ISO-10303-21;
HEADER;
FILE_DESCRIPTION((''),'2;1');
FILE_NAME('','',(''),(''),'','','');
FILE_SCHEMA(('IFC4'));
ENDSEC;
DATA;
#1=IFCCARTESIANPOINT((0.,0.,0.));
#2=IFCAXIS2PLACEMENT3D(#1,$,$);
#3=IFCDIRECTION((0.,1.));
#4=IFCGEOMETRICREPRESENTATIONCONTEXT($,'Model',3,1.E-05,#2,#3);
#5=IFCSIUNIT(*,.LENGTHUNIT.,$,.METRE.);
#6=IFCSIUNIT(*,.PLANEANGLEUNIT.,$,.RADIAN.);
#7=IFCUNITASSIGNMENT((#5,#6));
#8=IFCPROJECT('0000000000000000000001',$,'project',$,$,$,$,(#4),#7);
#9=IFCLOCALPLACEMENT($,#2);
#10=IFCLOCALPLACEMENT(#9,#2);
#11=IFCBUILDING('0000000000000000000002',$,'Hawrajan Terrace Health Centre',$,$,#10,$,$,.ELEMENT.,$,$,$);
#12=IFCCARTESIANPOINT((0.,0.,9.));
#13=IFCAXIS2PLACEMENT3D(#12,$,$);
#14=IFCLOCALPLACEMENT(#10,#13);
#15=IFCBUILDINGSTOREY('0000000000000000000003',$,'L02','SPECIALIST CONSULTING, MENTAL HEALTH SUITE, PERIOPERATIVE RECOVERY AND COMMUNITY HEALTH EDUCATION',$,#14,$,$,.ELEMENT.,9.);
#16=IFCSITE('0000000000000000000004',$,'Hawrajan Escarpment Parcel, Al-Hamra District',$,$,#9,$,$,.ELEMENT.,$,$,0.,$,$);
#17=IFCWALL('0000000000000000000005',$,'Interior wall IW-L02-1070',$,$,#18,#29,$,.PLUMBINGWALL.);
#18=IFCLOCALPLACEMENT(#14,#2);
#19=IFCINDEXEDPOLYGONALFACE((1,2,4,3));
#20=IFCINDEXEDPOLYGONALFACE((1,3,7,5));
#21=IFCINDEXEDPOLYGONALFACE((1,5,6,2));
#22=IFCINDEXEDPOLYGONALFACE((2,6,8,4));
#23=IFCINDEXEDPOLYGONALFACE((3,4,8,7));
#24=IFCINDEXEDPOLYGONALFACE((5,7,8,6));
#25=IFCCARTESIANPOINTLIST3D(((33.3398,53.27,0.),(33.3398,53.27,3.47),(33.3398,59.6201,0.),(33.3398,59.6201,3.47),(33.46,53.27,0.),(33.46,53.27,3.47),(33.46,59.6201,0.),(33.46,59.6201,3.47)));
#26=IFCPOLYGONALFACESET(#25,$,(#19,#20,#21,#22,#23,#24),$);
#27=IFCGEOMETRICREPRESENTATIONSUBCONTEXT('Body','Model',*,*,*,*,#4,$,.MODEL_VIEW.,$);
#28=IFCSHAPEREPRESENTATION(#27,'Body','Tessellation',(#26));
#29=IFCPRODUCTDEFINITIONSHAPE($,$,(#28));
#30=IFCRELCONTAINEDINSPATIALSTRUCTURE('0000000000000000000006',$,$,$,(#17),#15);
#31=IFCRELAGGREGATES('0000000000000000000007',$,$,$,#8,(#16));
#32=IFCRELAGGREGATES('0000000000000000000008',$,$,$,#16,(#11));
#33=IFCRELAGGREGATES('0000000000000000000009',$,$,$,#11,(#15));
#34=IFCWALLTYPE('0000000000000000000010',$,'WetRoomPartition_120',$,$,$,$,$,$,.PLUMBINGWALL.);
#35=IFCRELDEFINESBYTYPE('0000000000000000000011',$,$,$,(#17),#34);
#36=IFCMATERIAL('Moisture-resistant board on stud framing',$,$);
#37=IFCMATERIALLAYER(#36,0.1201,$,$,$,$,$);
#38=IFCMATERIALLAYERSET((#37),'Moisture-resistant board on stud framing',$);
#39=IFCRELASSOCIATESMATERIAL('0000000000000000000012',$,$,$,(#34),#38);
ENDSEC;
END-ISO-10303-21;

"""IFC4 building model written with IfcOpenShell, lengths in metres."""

from ifc_helpers import new_model, si_unit, direction, frame, frame_2d, origin, place, context, subcontext, project, spatial, rectangle, extrude, material, layer, layer_set, type_object, element, save


model = new_model("IFC4")

# Units and contexts
model_context = context("Model", 3, precision=1e-05, world=origin(), true_north=direction((0.0, 1.0)))
body_context = subcontext(model_context, "Body", "Model", "MODEL_VIEW")
ifc_project = project(units=[si_unit("LENGTHUNIT", "METRE"), si_unit("PLANEANGLEUNIT", "RADIAN")], contexts=[model_context])

# Site, building, storey
site_placement = place(None, origin())
site = spatial("IfcSite", under=ifc_project, at=site_placement, Name="Hawrajan Escarpment Parcel, Al-Hamra District", CompositionType="ELEMENT", RefElevation=0.0)
building_placement = place(site_placement, origin())
building = spatial("IfcBuilding", under=site, at=building_placement, Name="Hawrajan Terrace Health Centre", CompositionType="ELEMENT")
storey_placement = place(building_placement, frame((0.0, 0.0, 9.0)))
storey = spatial("IfcBuildingStorey", under=building, at=storey_placement, Name="L02", Description="SPECIALIST CONSULTING, MENTAL HEALTH SUITE, PERIOPERATIVE RECOVERY AND COMMUNITY HEALTH EDUCATION", CompositionType="ELEMENT", Elevation=9.0)

# Shared definitions
ifc_material_1 = material(Name="Moisture-resistant board on stud framing")
ifc_layer_1 = layer(ifc_material_1, 0.1201)
ifc_layer_set_1 = layer_set([ifc_layer_1], Name="Moisture-resistant board on stud framing")
wall_type_1 = type_object("IfcWallType", Name="WetRoomPartition_120", PredefinedType="PLUMBINGWALL", material=ifc_layer_set_1)

# Wall
wall_1_placement = place(storey_placement, frame((33.3999, 53.27, 0.0), z_axis=(0.0, 0.0, 1.0), x_axis=(0.0, 1.0, 0.0)))
element("IfcWall", 1, at=wall_1_placement, inside=storey, type_object=wall_type_1, Name="Interior wall IW-L02-1070", PredefinedType="PLUMBINGWALL", context=body_context, shape_type="SweptSolid", body=[
    extrude(rectangle(XDim=6.3501, YDim=0.1201, at=frame_2d((3.175, 0.0))), origin(), (0.0, 0.0, 1.0), 3.47),
])

save(model, "model.ifc")
